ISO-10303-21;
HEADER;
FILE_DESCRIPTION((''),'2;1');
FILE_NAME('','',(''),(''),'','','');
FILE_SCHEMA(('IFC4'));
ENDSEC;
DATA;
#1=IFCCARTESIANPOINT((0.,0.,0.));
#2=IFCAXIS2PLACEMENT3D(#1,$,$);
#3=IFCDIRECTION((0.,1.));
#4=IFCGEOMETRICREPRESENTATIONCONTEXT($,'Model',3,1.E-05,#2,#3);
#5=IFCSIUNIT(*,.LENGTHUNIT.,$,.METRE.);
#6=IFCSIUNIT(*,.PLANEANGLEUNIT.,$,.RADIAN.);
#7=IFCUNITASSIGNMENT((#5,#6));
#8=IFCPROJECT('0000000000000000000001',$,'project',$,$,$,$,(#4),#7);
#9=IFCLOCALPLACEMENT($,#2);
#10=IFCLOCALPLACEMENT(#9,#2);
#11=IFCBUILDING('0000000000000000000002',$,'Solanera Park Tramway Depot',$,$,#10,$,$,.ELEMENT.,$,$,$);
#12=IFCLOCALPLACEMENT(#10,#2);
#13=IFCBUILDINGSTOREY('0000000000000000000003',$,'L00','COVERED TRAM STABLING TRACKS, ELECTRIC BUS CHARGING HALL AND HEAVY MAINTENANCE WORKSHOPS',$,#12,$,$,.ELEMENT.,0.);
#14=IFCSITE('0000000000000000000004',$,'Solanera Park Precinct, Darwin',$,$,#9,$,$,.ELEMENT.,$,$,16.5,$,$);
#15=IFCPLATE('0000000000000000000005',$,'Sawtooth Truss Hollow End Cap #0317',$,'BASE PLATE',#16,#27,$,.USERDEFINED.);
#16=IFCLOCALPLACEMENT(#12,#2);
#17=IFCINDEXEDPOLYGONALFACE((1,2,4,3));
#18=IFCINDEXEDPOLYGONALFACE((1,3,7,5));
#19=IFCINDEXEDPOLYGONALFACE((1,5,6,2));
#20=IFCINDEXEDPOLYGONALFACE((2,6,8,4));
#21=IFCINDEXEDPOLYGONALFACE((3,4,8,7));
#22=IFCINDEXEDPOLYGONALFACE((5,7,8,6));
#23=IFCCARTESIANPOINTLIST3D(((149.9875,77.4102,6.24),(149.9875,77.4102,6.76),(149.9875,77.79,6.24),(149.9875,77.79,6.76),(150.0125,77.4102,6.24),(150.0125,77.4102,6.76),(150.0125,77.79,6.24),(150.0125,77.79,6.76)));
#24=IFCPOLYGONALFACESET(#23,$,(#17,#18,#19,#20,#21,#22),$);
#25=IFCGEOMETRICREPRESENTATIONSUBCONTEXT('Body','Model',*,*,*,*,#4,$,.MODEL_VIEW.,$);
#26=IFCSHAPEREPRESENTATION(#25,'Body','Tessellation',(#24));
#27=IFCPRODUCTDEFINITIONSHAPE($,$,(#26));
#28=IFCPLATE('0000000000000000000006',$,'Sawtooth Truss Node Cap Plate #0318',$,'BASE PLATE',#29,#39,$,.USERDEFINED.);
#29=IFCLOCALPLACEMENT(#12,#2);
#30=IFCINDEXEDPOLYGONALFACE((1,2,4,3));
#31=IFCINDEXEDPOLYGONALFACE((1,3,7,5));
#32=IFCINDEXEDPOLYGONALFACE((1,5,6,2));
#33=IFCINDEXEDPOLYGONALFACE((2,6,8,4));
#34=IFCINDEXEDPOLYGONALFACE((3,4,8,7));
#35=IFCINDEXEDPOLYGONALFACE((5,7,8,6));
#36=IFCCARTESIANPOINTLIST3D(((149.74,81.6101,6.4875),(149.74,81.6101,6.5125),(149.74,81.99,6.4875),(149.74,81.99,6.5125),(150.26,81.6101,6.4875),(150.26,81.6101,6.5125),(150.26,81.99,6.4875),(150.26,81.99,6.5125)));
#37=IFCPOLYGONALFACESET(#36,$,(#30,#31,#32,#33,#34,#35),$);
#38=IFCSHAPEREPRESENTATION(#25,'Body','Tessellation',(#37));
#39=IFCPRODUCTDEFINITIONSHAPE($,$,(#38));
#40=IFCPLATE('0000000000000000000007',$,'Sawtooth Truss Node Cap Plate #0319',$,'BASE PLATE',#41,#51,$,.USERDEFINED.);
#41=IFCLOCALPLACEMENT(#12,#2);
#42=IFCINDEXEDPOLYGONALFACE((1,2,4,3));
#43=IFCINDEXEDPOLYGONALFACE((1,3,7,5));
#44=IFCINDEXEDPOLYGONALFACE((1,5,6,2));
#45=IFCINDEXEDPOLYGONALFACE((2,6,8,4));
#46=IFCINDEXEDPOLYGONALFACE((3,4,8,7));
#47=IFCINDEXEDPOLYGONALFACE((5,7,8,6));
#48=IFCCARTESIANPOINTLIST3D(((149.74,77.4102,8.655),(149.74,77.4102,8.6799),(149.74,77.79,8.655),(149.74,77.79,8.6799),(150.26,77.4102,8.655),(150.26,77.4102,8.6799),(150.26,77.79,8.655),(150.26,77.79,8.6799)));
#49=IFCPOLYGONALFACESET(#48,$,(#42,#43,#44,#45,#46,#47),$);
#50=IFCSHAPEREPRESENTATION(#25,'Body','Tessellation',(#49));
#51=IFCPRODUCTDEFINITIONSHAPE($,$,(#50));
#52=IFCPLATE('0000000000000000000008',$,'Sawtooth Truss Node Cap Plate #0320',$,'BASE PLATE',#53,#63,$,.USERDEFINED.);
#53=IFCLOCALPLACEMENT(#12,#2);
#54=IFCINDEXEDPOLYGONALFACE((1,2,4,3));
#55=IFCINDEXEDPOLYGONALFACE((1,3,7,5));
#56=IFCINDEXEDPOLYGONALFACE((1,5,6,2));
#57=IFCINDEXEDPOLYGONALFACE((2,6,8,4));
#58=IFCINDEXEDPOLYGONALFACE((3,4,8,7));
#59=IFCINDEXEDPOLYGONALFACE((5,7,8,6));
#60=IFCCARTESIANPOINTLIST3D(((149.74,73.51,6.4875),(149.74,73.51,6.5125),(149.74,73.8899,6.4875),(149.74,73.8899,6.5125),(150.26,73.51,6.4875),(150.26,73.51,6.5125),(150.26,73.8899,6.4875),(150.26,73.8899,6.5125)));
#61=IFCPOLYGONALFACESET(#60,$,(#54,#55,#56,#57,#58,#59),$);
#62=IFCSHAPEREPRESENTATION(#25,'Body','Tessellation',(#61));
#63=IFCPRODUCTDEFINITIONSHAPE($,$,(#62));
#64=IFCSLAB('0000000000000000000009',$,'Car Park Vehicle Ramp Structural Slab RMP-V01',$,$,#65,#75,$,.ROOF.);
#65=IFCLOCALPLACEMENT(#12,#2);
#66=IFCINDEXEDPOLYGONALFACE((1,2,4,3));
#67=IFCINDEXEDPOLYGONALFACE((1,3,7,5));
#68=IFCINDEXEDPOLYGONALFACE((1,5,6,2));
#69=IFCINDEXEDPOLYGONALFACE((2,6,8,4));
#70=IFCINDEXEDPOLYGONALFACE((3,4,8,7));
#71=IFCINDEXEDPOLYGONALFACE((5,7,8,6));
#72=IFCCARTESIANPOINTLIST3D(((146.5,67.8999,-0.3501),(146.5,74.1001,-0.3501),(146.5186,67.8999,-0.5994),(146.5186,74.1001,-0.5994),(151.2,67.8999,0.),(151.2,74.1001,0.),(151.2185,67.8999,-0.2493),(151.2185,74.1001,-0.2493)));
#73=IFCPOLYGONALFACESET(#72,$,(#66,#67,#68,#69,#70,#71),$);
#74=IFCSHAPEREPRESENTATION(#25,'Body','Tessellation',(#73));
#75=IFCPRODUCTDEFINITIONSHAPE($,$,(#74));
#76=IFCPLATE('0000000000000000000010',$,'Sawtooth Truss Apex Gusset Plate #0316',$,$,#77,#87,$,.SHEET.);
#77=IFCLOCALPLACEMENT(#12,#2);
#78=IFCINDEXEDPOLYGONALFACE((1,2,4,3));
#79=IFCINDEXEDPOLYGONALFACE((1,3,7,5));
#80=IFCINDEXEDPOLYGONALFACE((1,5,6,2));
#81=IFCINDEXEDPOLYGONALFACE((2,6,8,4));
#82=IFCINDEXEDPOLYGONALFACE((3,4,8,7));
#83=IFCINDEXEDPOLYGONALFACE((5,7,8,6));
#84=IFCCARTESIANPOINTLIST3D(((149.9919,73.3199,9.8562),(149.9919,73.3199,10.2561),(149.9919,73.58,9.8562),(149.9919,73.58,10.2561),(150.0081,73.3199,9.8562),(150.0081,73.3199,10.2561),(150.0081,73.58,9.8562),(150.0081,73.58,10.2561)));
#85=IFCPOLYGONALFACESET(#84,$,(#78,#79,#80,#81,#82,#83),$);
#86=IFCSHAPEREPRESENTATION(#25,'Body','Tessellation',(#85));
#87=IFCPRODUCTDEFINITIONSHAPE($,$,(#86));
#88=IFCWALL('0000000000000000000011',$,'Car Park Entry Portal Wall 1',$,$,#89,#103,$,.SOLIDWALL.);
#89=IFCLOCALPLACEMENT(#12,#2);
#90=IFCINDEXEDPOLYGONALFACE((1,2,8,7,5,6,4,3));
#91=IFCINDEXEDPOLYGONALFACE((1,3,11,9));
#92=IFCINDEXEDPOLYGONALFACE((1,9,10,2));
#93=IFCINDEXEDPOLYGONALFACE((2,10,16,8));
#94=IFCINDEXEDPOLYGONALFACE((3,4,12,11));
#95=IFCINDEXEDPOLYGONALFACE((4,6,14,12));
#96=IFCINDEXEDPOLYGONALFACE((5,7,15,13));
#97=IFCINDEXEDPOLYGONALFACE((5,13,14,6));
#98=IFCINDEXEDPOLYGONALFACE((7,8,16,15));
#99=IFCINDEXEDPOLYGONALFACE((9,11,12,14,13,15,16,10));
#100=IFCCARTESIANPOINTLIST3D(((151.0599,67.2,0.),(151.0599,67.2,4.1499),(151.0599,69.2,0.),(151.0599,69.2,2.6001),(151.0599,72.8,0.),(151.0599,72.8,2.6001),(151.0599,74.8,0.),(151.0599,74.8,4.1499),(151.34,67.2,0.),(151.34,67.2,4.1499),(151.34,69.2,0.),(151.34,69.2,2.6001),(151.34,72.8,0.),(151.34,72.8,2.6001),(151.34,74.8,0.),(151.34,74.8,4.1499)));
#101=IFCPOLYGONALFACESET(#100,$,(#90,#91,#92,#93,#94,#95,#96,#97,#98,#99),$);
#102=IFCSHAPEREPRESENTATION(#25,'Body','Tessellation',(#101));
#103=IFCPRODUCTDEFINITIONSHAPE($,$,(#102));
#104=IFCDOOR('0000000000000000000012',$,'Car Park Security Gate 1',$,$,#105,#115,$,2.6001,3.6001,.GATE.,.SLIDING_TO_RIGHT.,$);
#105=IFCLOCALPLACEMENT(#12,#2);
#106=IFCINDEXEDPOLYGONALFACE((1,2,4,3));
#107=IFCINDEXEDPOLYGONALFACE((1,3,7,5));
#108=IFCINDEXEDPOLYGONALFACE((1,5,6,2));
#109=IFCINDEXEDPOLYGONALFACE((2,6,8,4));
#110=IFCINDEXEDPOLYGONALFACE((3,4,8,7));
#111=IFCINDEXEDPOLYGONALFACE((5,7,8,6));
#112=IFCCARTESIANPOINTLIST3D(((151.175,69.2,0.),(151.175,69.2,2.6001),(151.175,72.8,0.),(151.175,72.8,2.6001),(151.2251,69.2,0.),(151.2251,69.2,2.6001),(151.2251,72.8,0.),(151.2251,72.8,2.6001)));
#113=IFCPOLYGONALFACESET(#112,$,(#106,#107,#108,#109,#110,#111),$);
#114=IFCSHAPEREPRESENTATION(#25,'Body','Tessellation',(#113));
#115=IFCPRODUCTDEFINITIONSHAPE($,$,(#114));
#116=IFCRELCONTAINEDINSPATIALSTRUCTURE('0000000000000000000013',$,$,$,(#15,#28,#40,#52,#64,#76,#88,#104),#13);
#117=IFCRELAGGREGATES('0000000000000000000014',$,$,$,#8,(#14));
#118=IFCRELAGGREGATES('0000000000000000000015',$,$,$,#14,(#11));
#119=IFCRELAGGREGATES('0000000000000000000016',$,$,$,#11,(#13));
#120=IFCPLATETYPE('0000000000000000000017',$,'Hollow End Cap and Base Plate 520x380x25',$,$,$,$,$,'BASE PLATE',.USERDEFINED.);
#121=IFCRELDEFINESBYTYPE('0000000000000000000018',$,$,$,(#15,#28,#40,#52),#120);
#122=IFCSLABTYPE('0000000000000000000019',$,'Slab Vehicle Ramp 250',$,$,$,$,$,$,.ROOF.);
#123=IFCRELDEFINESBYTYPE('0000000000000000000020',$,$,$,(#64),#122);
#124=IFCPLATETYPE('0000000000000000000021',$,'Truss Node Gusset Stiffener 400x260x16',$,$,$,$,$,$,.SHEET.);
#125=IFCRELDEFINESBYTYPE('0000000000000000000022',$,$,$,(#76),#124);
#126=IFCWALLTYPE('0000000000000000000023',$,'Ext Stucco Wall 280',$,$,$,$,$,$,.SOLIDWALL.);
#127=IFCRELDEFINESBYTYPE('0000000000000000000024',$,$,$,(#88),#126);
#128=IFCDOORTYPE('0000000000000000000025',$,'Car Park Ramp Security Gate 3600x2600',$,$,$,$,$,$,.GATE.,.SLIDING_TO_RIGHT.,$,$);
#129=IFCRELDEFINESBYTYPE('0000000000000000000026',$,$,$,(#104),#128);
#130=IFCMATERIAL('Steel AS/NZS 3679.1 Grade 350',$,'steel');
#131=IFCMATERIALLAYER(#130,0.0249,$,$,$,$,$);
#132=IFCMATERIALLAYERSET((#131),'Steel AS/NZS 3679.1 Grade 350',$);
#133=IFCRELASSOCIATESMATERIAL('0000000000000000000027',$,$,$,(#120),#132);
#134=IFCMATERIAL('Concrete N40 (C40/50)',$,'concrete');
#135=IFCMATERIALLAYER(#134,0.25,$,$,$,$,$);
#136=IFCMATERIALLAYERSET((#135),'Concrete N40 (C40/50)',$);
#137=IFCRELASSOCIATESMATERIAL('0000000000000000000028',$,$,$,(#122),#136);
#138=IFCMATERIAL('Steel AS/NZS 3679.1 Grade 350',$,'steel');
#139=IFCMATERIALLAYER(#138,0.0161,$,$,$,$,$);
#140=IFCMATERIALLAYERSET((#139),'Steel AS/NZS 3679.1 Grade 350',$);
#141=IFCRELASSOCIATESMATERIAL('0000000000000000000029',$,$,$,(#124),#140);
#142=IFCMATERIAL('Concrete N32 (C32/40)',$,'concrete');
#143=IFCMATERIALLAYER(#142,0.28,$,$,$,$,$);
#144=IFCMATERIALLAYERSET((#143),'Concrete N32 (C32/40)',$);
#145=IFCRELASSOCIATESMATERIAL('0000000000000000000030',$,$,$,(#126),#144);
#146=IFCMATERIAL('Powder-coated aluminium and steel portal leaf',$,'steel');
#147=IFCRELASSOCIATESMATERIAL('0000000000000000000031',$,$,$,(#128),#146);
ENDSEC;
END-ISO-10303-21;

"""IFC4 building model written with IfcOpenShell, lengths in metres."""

from ifc_helpers import new_model, si_unit, direction, frame, frame_2d, origin, origin_2d, place, context, subcontext, project, spatial, polyline, rectangle, outline, extrude, material, layer, layer_set, type_object, element, fill, save


model = new_model("IFC4")

# Units and contexts
model_context = context("Model", 3, precision=1e-05, world=origin(), true_north=direction((0.0, 1.0)))
body_context = subcontext(model_context, "Body", "Model", "MODEL_VIEW")
ifc_project = project(units=[si_unit("LENGTHUNIT", "METRE"), si_unit("PLANEANGLEUNIT", "RADIAN")], contexts=[model_context])

# Site, building, storey
site_placement = place(None, origin())
site = spatial("IfcSite", under=ifc_project, at=site_placement, Name="Solanera Park Precinct, Darwin", CompositionType="ELEMENT", RefElevation=16.5)
building_placement = place(site_placement, origin())
building = spatial("IfcBuilding", under=site, at=building_placement, Name="Solanera Park Tramway Depot", CompositionType="ELEMENT")
storey_placement = place(building_placement, origin())
storey = spatial("IfcBuildingStorey", under=building, at=storey_placement, Name="L00", Description="COVERED TRAM STABLING TRACKS, ELECTRIC BUS CHARGING HALL AND HEAVY MAINTENANCE WORKSHOPS", CompositionType="ELEMENT", Elevation=0.0)

# Plates
ifc_material_1 = material(Name="Steel AS/NZS 3679.1 Grade 350", Category="steel")
ifc_layer_1 = layer(ifc_material_1, 0.0249)
ifc_layer_set_1 = layer_set([ifc_layer_1], Name="Steel AS/NZS 3679.1 Grade 350")
plate_type_1 = type_object("IfcPlateType", Name="Hollow End Cap and Base Plate 520x380x25", ElementType="BASE PLATE", PredefinedType="USERDEFINED", material=ifc_layer_set_1)
plate_1_placement = place(storey_placement, frame((150.0, 77.6001, 6.24), z_axis=(0.0, 0.0, 1.0), x_axis=(1.0, 0.0, 0.0)))
element("IfcPlate", 1, at=plate_1_placement, inside=storey, type_object=plate_type_1, Name="Sawtooth Truss Hollow End Cap #0317", ObjectType="BASE PLATE", PredefinedType="USERDEFINED", context=body_context, shape_type="SweptSolid", body=[
    extrude(rectangle(XDim=0.0249, YDim=0.3799, at=origin_2d()), origin(), (0.0, 0.0, 1.0), 0.52),
])
for number, where, z_axis, x_axis, name in (
    (2, (150.0, 81.8, 6.4875), (0.0, 0.0, 1.0), (1.0, 0.0, 0.0), "Sawtooth Truss Node Cap Plate #0318"),
    (3, (150.0, 77.6001, 8.655), (0.0, 0.0, 1.0), (1.0, 0.0, 0.0), "Sawtooth Truss Node Cap Plate #0319"),
    (4, (150.0, 73.7, 6.4875), (0.0, 0.0, 1.0), (1.0, 0.0, 0.0), "Sawtooth Truss Node Cap Plate #0320"),
):
    element("IfcPlate", number, at=place(storey_placement, frame(where, z_axis=z_axis, x_axis=x_axis)), inside=storey, type_object=plate_type_1, Name=name, ObjectType="BASE PLATE", PredefinedType="USERDEFINED", context=body_context, shape_type="SweptSolid", body=[
        extrude(rectangle(XDim=0.52, YDim=0.3799, at=origin_2d()), origin(), (0.0, 0.0, 1.0), 0.0249),
    ])

# Slab
ifc_material_2 = material(Name="Concrete N40 (C40/50)", Category="concrete")
ifc_layer_2 = layer(ifc_material_2, 0.25)
ifc_layer_set_2 = layer_set([ifc_layer_2], Name="Concrete N40 (C40/50)")
slab_type = type_object("IfcSlabType", Name="Slab Vehicle Ramp 250", PredefinedType="ROOF", material=ifc_layer_set_2)
slab_placement = place(storey_placement, frame((146.5, 67.8999, -0.3501), z_axis=(-0.074284, 0.0, 0.997237), x_axis=(0.997237, 0.0, 0.074284)))
element("IfcSlab", 5, at=slab_placement, inside=storey, type_object=slab_type, Name="Car Park Vehicle Ramp Structural Slab RMP-V01", PredefinedType="ROOF", context=body_context, shape_type="SweptSolid", body=[
    extrude(outline(polyline([(0.0, 0.0), (4.713, 0.0), (4.713, 6.2002), (0.0, 6.2002), (0.0, 0.0)])), origin(), (0.0, 0.0, -1.0), 0.25),
])

# Plate
ifc_material_3 = material(Name="Steel AS/NZS 3679.1 Grade 350", Category="steel")
ifc_layer_3 = layer(ifc_material_3, 0.0161)
ifc_layer_set_3 = layer_set([ifc_layer_3], Name="Steel AS/NZS 3679.1 Grade 350")
plate_type_2 = type_object("IfcPlateType", Name="Truss Node Gusset Stiffener 400x260x16", PredefinedType="SHEET", material=ifc_layer_set_3)
plate_2_placement = place(storey_placement, frame((150.0, 73.45, 9.8562), z_axis=(0.0, 0.0, 1.0), x_axis=(1.0, 0.0, 0.0)))
element("IfcPlate", 6, at=plate_2_placement, inside=storey, type_object=plate_type_2, Name="Sawtooth Truss Apex Gusset Plate #0316", PredefinedType="SHEET", context=body_context, shape_type="SweptSolid", body=[
    extrude(rectangle(XDim=0.0161, YDim=0.26, at=origin_2d()), origin(), (0.0, 0.0, 1.0), 0.3999),
])

# Wall, opening, door
ifc_material_4 = material(Name="Concrete N32 (C32/40)", Category="concrete")
ifc_layer_4 = layer(ifc_material_4, 0.28)
ifc_layer_set_4 = layer_set([ifc_layer_4], Name="Concrete N32 (C32/40)")
wall_type = type_object("IfcWallType", Name="Ext Stucco Wall 280", PredefinedType="SOLIDWALL", material=ifc_layer_set_4)
wall_placement = place(storey_placement, frame((151.2, 67.2, 0.0), z_axis=(0.0, 0.0, 1.0), x_axis=(0.0, 1.0, 0.0)))
wall = element("IfcWall", 7, at=wall_placement, inside=storey, type_object=wall_type, Name="Car Park Entry Portal Wall 1", PredefinedType="SOLIDWALL", context=body_context, shape_type="SweptSolid", body=[
    extrude(rectangle(XDim=7.6001, YDim=0.28, at=frame_2d((3.8, 0.0))), origin(), (0.0, 0.0, 1.0), 4.1499),
])
opening_placement = place(wall_placement, frame((2.0, 0.0, 0.0)))
opening = element("IfcOpeningElement", 8, at=opening_placement, cuts=wall, PredefinedType="OPENING", context=body_context, shape_type="SweptSolid", body=[
    extrude(rectangle(XDim=3.6001, YDim=2.6001, at=frame_2d((1.8, 1.3))), frame((0.0, 0.1499, 0.0), z_axis=(0.0, -1.0, 0.0), x_axis=(1.0, 0.0, 0.0)), (0.0, 0.0, 1.0), 0.3),
])
ifc_material_5 = material(Name="Powder-coated aluminium and steel portal leaf", Category="steel")
door_type = type_object("IfcDoorType", Name="Car Park Ramp Security Gate 3600x2600", OperationType="SLIDING_TO_RIGHT", PredefinedType="GATE", material=ifc_material_5)
door_placement = place(opening_placement, origin())
door = element("IfcDoor", 9, at=door_placement, inside=storey, type_object=door_type, Name="Car Park Security Gate 1", OperationType="SLIDING_TO_RIGHT", OverallHeight=2.6001, OverallWidth=3.6001, PredefinedType="GATE", context=body_context, shape_type="SweptSolid", body=[
    extrude(rectangle(XDim=3.6001, YDim=2.6001, at=frame_2d((1.8, 1.3))), frame((0.0, 0.0249, 0.0), z_axis=(0.0, -1.0, 0.0), x_axis=(1.0, 0.0, 0.0)), (0.0, 0.0, 1.0), 0.05),
])
fill(opening, door)

save(model, "model.ifc")
